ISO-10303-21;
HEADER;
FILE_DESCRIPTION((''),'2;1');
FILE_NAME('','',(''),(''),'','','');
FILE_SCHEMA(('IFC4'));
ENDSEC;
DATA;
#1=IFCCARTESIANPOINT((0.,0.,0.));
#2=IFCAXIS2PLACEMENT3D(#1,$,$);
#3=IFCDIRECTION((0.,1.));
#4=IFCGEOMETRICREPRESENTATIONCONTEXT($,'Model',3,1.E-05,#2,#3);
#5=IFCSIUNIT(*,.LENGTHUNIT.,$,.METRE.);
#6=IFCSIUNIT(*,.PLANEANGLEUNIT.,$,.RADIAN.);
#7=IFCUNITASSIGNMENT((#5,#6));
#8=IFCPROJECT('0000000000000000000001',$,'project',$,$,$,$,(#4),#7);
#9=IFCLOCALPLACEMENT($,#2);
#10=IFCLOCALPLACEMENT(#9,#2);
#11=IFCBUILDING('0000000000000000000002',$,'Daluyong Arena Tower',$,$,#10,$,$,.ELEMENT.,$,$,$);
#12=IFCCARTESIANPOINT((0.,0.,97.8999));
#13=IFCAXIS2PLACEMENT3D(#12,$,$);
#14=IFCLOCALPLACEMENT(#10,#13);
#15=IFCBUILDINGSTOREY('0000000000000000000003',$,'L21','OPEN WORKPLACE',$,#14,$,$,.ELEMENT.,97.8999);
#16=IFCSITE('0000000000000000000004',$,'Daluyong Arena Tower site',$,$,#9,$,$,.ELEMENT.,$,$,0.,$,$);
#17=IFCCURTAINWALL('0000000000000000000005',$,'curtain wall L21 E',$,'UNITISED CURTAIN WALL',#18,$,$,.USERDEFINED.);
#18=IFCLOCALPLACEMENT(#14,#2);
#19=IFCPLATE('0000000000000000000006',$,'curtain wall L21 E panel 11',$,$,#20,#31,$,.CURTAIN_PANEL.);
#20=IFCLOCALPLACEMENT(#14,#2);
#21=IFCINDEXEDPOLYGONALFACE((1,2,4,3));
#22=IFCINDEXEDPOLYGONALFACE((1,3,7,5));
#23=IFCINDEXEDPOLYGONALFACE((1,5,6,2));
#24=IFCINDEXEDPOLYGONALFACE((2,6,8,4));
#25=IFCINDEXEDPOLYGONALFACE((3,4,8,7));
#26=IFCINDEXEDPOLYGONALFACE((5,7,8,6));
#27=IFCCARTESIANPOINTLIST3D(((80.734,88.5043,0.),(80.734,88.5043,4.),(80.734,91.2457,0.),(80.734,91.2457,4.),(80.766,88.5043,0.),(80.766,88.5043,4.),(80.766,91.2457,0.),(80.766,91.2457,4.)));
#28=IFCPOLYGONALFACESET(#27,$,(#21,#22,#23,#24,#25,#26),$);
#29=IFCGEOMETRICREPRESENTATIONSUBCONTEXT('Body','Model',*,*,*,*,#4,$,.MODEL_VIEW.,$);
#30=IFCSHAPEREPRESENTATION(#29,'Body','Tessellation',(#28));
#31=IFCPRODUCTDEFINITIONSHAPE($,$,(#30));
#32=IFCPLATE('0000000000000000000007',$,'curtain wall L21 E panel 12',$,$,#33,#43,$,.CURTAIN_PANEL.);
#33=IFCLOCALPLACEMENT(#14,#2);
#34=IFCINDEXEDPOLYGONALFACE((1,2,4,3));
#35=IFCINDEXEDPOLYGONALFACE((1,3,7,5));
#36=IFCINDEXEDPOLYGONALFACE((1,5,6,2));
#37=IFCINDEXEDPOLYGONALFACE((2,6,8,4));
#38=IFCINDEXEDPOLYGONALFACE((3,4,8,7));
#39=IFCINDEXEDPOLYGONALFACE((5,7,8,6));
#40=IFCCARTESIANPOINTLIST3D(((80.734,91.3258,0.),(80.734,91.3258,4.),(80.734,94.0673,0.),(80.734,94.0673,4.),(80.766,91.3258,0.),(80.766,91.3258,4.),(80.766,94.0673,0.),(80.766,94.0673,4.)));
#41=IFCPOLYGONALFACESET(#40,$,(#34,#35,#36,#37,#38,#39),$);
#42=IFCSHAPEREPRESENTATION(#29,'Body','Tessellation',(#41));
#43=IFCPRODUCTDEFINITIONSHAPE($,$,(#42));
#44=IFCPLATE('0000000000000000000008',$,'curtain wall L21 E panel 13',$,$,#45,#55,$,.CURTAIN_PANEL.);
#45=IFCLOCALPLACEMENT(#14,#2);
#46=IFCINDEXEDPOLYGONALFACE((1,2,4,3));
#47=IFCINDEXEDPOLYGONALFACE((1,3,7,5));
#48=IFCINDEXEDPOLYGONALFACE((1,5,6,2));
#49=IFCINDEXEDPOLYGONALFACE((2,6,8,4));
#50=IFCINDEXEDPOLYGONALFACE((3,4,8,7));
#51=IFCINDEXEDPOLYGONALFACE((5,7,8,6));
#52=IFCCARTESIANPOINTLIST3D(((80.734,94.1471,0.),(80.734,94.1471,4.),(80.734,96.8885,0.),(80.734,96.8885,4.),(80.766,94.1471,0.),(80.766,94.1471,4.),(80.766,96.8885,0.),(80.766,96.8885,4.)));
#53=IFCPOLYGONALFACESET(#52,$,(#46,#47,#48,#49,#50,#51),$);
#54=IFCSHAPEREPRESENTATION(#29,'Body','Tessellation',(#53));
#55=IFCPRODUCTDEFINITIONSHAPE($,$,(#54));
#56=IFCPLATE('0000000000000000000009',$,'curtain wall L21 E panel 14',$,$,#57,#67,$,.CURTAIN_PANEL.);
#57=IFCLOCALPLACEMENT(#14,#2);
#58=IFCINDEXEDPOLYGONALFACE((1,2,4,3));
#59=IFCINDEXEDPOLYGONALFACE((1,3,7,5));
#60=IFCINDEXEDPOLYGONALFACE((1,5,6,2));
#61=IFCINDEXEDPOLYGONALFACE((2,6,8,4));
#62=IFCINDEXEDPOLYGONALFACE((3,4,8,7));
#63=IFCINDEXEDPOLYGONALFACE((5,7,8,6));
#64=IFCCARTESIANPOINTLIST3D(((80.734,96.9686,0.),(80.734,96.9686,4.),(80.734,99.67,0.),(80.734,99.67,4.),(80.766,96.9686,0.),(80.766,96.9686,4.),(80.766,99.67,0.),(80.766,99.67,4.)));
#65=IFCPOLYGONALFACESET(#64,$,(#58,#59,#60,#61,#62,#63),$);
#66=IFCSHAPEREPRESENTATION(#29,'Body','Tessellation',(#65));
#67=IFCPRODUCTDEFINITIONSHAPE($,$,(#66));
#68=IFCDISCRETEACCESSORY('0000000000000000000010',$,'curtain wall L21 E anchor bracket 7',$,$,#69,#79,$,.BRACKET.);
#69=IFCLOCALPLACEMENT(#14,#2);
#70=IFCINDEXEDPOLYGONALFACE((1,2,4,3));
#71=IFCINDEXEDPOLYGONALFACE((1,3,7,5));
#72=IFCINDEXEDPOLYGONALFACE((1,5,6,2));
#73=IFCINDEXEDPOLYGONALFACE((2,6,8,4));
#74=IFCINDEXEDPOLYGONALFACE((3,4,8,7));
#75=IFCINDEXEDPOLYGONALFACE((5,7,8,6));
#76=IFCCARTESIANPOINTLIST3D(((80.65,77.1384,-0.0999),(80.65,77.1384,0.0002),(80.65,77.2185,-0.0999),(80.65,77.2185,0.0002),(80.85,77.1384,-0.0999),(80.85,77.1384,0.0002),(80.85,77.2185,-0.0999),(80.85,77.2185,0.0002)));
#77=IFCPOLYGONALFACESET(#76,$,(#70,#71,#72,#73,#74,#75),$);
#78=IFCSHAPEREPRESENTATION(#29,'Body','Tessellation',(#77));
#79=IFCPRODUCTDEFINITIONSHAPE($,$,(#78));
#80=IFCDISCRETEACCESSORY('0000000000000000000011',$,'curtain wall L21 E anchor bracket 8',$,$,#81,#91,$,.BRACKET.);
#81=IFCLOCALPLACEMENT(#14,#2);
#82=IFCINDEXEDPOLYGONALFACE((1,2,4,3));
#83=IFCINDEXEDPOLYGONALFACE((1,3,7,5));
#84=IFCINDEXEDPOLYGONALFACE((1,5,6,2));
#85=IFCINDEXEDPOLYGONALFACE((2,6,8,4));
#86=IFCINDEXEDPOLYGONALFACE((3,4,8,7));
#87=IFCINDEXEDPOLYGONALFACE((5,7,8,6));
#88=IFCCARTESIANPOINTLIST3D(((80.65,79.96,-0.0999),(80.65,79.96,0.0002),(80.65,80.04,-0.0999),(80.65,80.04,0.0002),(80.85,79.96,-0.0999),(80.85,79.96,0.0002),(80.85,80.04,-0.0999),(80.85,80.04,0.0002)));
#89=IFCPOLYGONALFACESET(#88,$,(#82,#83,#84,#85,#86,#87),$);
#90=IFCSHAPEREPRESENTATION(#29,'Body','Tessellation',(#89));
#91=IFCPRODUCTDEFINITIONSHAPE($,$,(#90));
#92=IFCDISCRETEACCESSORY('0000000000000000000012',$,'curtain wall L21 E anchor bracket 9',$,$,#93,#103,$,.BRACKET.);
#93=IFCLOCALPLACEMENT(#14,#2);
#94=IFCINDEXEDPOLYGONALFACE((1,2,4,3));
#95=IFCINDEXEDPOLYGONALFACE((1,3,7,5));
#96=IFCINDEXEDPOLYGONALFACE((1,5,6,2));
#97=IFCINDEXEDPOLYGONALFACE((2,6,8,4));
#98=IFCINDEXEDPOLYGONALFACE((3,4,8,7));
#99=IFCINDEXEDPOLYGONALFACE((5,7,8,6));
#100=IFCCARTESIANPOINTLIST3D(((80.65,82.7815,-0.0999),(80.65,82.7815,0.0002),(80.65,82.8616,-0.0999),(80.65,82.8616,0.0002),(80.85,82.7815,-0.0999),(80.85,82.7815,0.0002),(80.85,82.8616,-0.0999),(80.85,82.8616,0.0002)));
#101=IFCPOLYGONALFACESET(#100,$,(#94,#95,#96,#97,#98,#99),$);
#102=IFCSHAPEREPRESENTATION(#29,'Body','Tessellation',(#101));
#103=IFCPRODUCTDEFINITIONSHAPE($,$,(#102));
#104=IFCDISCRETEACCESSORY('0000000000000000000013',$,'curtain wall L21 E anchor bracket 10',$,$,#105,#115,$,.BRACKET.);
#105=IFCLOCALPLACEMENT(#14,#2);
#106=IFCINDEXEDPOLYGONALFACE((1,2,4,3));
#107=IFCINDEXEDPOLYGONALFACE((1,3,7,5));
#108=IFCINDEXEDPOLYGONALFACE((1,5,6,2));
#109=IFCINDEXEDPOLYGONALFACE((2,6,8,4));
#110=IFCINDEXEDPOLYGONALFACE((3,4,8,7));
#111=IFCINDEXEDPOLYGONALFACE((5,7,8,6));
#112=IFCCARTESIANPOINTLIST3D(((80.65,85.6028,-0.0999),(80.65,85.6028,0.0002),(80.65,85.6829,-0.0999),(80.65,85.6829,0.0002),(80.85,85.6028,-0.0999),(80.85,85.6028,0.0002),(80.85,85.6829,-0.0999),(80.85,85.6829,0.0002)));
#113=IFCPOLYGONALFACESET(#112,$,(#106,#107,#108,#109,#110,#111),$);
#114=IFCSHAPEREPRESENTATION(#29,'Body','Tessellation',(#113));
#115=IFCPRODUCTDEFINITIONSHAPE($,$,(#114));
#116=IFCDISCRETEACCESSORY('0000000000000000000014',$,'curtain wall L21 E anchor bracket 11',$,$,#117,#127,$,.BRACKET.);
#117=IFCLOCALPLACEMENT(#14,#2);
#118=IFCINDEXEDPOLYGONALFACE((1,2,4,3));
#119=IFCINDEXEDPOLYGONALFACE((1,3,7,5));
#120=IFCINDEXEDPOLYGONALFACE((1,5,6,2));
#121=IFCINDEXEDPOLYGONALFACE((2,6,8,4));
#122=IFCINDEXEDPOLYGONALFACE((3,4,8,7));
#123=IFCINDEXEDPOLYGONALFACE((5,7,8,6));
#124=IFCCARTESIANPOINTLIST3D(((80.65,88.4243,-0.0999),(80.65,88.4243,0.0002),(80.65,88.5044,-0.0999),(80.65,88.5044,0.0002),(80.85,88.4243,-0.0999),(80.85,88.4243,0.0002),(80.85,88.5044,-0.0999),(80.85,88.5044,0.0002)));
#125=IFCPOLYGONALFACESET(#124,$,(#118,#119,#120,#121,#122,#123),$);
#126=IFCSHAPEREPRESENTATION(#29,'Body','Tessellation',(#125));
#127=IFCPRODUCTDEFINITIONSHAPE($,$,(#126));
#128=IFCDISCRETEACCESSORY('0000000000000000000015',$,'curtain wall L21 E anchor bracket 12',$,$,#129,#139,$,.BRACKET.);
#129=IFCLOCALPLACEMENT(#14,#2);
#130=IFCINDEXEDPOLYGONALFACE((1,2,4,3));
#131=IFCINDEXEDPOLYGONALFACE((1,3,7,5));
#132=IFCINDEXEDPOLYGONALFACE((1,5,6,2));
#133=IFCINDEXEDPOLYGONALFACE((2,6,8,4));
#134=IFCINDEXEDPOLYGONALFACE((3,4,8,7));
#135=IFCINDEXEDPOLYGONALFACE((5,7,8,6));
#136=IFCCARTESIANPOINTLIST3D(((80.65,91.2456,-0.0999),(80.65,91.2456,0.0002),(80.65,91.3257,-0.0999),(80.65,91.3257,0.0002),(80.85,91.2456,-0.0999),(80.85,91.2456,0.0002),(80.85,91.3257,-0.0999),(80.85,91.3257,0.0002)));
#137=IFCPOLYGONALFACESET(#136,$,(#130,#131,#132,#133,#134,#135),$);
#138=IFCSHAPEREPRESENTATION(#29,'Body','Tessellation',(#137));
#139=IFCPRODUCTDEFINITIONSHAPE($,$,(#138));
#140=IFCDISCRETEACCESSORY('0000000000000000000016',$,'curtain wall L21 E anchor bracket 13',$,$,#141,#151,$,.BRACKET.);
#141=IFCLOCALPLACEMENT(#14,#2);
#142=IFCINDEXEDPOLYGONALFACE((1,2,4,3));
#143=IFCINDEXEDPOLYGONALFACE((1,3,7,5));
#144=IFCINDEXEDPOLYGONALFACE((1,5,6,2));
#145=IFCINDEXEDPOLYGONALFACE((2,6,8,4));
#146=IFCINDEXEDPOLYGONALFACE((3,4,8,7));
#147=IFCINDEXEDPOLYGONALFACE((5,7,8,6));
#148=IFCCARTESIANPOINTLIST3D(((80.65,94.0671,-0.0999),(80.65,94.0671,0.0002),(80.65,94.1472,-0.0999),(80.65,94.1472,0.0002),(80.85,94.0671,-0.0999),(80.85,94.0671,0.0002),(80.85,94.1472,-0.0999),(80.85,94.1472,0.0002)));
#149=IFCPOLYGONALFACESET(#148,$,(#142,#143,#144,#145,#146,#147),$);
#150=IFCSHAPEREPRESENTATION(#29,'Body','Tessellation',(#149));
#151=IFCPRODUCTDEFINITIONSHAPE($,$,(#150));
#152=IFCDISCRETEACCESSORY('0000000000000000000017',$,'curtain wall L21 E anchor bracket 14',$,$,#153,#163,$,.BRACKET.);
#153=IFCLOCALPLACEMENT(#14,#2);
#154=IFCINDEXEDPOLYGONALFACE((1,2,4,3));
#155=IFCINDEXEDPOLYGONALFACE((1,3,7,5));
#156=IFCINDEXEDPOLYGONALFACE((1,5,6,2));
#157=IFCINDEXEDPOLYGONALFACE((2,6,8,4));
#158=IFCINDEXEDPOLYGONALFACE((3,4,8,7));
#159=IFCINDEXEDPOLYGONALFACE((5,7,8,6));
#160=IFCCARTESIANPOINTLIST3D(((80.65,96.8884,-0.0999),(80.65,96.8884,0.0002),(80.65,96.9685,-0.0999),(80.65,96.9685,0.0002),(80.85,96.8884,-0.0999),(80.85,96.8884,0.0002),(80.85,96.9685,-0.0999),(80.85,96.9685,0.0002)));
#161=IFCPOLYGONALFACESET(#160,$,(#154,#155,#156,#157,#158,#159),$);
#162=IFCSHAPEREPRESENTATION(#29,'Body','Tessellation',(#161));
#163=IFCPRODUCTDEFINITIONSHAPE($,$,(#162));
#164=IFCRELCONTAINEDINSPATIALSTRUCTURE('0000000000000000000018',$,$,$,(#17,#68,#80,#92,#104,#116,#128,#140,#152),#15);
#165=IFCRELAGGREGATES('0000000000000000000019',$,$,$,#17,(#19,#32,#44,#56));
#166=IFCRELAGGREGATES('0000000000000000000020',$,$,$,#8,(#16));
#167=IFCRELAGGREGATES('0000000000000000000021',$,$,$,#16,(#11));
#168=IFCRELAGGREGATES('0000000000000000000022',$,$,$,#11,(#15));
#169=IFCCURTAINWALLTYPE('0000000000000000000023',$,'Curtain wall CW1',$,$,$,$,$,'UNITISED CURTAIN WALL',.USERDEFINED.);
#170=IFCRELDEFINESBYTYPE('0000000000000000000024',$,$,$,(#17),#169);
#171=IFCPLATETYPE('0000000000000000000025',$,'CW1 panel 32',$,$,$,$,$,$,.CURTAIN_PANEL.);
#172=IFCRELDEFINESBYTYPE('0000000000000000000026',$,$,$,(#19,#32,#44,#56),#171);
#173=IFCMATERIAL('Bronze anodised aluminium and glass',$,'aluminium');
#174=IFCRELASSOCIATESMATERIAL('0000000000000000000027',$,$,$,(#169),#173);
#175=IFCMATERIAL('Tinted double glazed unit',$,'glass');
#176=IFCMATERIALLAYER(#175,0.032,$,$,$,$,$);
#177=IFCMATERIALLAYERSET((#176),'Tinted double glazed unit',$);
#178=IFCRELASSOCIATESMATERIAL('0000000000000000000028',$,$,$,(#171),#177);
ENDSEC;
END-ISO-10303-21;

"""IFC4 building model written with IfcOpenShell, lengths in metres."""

from ifc_helpers import new_model, si_unit, direction, frame, origin, origin_2d, place, context, subcontext, project, spatial, rectangle, extrude, material, layer, layer_set, type_object, element, aggregate, save


model = new_model("IFC4")

# Units and contexts
model_context = context("Model", 3, precision=1e-05, world=origin(), true_north=direction((0.0, 1.0)))
body_context = subcontext(model_context, "Body", "Model", "MODEL_VIEW")
ifc_project = project(units=[si_unit("LENGTHUNIT", "METRE"), si_unit("PLANEANGLEUNIT", "RADIAN")], contexts=[model_context])

# Site, building, storey
site_placement = place(None, origin())
site = spatial("IfcSite", under=ifc_project, at=site_placement, Name="Daluyong Arena Tower site", CompositionType="ELEMENT", RefElevation=0.0)
building_placement = place(site_placement, origin())
building = spatial("IfcBuilding", under=site, at=building_placement, Name="Daluyong Arena Tower", CompositionType="ELEMENT")
storey_placement = place(building_placement, frame((0.0, 0.0, 97.8999)))
storey = spatial("IfcBuildingStorey", under=building, at=storey_placement, Name="L21", Description="OPEN WORKPLACE", CompositionType="ELEMENT", Elevation=97.8999)

# Curtain wall
ifc_material_1 = material(Name="Bronze anodised aluminium and glass", Category="aluminium")
curtain_wall_type = type_object("IfcCurtainWallType", Name="Curtain wall CW1", ElementType="UNITISED CURTAIN WALL", PredefinedType="USERDEFINED", material=ifc_material_1)
curtain_wall_placement = place(storey_placement, origin())
curtain_wall = element("IfcCurtainWall", 1, at=curtain_wall_placement, inside=storey, type_object=curtain_wall_type, Name="curtain wall L21 E", ObjectType="UNITISED CURTAIN WALL", PredefinedType="USERDEFINED")

# Plates
ifc_material_2 = material(Name="Tinted double glazed unit", Category="glass")
ifc_layer = layer(ifc_material_2, 0.032)
ifc_layer_set = layer_set([ifc_layer], Name="Tinted double glazed unit")
plate_type = type_object("IfcPlateType", Name="CW1 panel 32", PredefinedType="CURTAIN_PANEL", material=ifc_layer_set)
plate_1_placement = place(storey_placement, frame((80.75, 89.875, 0.0), z_axis=(0.0, 0.0, 1.0), x_axis=(0.0, 1.0, 0.0)))
plate_1 = element("IfcPlate", 2, at=plate_1_placement, type_object=plate_type, Name="curtain wall L21 E panel 11", PredefinedType="CURTAIN_PANEL", context=body_context, shape_type="SweptSolid", body=[
    extrude(rectangle(XDim=2.7415, YDim=0.032, at=origin_2d()), origin(), (0.0, 0.0, 1.0), 4.0),
])
plate_2_placement = place(storey_placement, frame((80.75, 92.6965, 0.0), z_axis=(0.0, 0.0, 1.0), x_axis=(0.0, 1.0, 0.0)))
plate_2 = element("IfcPlate", 3, at=plate_2_placement, type_object=plate_type, Name="curtain wall L21 E panel 12", PredefinedType="CURTAIN_PANEL", context=body_context, shape_type="SweptSolid", body=[
    extrude(rectangle(XDim=2.7415, YDim=0.032, at=origin_2d()), origin(), (0.0, 0.0, 1.0), 4.0),
])
plate_3_placement = place(storey_placement, frame((80.75, 95.5178, 0.0), z_axis=(0.0, 0.0, 1.0), x_axis=(0.0, 1.0, 0.0)))
plate_3 = element("IfcPlate", 4, at=plate_3_placement, type_object=plate_type, Name="curtain wall L21 E panel 13", PredefinedType="CURTAIN_PANEL", context=body_context, shape_type="SweptSolid", body=[
    extrude(rectangle(XDim=2.7415, YDim=0.032, at=origin_2d()), origin(), (0.0, 0.0, 1.0), 4.0),
])
plate_4_placement = place(storey_placement, frame((80.75, 98.3193, 0.0), z_axis=(0.0, 0.0, 1.0), x_axis=(0.0, 1.0, 0.0)))
plate_4 = element("IfcPlate", 5, at=plate_4_placement, type_object=plate_type, Name="curtain wall L21 E panel 14", PredefinedType="CURTAIN_PANEL", context=body_context, shape_type="SweptSolid", body=[
    extrude(rectangle(XDim=2.7014, YDim=0.032, at=origin_2d()), origin(), (0.0, 0.0, 1.0), 4.0),
])
aggregate(curtain_wall, [plate_1, plate_2, plate_3, plate_4])

# Discrete accessories
for number, where, z_axis, x_axis, name in (
    (6, (80.75, 77.1785, -0.0999), (0.0, 0.0, 1.0), (0.0, 1.0, 0.0), "curtain wall L21 E anchor bracket 7"),
    (7, (80.75, 80.0, -0.0999), (0.0, 0.0, 1.0), (0.0, 1.0, 0.0), "curtain wall L21 E anchor bracket 8"),
    (8, (80.75, 82.8215, -0.0999), (0.0, 0.0, 1.0), (0.0, 1.0, 0.0), "curtain wall L21 E anchor bracket 9"),
    (9, (80.75, 85.6428, -0.0999), (0.0, 0.0, 1.0), (0.0, 1.0, 0.0), "curtain wall L21 E anchor bracket 10"),
    (10, (80.75, 88.4644, -0.0999), (0.0, 0.0, 1.0), (0.0, 1.0, 0.0), "curtain wall L21 E anchor bracket 11"),
    (11, (80.75, 91.2856, -0.0999), (0.0, 0.0, 1.0), (0.0, 1.0, 0.0), "curtain wall L21 E anchor bracket 12"),
    (12, (80.75, 94.1072, -0.0999), (0.0, 0.0, 1.0), (0.0, 1.0, 0.0), "curtain wall L21 E anchor bracket 13"),
    (13, (80.75, 96.9285, -0.0999), (0.0, 0.0, 1.0), (0.0, 1.0, 0.0), "curtain wall L21 E anchor bracket 14"),
):
    element("IfcDiscreteAccessory", number, at=place(storey_placement, frame(where, z_axis=z_axis, x_axis=x_axis)), inside=storey, Name=name, PredefinedType="BRACKET", context=body_context, shape_type="SweptSolid", body=[
        extrude(rectangle(XDim=0.0801, YDim=0.2, at=origin_2d()), origin(), (0.0, 0.0, 1.0), 0.1001),
    ])

save(model, "model.ifc")
